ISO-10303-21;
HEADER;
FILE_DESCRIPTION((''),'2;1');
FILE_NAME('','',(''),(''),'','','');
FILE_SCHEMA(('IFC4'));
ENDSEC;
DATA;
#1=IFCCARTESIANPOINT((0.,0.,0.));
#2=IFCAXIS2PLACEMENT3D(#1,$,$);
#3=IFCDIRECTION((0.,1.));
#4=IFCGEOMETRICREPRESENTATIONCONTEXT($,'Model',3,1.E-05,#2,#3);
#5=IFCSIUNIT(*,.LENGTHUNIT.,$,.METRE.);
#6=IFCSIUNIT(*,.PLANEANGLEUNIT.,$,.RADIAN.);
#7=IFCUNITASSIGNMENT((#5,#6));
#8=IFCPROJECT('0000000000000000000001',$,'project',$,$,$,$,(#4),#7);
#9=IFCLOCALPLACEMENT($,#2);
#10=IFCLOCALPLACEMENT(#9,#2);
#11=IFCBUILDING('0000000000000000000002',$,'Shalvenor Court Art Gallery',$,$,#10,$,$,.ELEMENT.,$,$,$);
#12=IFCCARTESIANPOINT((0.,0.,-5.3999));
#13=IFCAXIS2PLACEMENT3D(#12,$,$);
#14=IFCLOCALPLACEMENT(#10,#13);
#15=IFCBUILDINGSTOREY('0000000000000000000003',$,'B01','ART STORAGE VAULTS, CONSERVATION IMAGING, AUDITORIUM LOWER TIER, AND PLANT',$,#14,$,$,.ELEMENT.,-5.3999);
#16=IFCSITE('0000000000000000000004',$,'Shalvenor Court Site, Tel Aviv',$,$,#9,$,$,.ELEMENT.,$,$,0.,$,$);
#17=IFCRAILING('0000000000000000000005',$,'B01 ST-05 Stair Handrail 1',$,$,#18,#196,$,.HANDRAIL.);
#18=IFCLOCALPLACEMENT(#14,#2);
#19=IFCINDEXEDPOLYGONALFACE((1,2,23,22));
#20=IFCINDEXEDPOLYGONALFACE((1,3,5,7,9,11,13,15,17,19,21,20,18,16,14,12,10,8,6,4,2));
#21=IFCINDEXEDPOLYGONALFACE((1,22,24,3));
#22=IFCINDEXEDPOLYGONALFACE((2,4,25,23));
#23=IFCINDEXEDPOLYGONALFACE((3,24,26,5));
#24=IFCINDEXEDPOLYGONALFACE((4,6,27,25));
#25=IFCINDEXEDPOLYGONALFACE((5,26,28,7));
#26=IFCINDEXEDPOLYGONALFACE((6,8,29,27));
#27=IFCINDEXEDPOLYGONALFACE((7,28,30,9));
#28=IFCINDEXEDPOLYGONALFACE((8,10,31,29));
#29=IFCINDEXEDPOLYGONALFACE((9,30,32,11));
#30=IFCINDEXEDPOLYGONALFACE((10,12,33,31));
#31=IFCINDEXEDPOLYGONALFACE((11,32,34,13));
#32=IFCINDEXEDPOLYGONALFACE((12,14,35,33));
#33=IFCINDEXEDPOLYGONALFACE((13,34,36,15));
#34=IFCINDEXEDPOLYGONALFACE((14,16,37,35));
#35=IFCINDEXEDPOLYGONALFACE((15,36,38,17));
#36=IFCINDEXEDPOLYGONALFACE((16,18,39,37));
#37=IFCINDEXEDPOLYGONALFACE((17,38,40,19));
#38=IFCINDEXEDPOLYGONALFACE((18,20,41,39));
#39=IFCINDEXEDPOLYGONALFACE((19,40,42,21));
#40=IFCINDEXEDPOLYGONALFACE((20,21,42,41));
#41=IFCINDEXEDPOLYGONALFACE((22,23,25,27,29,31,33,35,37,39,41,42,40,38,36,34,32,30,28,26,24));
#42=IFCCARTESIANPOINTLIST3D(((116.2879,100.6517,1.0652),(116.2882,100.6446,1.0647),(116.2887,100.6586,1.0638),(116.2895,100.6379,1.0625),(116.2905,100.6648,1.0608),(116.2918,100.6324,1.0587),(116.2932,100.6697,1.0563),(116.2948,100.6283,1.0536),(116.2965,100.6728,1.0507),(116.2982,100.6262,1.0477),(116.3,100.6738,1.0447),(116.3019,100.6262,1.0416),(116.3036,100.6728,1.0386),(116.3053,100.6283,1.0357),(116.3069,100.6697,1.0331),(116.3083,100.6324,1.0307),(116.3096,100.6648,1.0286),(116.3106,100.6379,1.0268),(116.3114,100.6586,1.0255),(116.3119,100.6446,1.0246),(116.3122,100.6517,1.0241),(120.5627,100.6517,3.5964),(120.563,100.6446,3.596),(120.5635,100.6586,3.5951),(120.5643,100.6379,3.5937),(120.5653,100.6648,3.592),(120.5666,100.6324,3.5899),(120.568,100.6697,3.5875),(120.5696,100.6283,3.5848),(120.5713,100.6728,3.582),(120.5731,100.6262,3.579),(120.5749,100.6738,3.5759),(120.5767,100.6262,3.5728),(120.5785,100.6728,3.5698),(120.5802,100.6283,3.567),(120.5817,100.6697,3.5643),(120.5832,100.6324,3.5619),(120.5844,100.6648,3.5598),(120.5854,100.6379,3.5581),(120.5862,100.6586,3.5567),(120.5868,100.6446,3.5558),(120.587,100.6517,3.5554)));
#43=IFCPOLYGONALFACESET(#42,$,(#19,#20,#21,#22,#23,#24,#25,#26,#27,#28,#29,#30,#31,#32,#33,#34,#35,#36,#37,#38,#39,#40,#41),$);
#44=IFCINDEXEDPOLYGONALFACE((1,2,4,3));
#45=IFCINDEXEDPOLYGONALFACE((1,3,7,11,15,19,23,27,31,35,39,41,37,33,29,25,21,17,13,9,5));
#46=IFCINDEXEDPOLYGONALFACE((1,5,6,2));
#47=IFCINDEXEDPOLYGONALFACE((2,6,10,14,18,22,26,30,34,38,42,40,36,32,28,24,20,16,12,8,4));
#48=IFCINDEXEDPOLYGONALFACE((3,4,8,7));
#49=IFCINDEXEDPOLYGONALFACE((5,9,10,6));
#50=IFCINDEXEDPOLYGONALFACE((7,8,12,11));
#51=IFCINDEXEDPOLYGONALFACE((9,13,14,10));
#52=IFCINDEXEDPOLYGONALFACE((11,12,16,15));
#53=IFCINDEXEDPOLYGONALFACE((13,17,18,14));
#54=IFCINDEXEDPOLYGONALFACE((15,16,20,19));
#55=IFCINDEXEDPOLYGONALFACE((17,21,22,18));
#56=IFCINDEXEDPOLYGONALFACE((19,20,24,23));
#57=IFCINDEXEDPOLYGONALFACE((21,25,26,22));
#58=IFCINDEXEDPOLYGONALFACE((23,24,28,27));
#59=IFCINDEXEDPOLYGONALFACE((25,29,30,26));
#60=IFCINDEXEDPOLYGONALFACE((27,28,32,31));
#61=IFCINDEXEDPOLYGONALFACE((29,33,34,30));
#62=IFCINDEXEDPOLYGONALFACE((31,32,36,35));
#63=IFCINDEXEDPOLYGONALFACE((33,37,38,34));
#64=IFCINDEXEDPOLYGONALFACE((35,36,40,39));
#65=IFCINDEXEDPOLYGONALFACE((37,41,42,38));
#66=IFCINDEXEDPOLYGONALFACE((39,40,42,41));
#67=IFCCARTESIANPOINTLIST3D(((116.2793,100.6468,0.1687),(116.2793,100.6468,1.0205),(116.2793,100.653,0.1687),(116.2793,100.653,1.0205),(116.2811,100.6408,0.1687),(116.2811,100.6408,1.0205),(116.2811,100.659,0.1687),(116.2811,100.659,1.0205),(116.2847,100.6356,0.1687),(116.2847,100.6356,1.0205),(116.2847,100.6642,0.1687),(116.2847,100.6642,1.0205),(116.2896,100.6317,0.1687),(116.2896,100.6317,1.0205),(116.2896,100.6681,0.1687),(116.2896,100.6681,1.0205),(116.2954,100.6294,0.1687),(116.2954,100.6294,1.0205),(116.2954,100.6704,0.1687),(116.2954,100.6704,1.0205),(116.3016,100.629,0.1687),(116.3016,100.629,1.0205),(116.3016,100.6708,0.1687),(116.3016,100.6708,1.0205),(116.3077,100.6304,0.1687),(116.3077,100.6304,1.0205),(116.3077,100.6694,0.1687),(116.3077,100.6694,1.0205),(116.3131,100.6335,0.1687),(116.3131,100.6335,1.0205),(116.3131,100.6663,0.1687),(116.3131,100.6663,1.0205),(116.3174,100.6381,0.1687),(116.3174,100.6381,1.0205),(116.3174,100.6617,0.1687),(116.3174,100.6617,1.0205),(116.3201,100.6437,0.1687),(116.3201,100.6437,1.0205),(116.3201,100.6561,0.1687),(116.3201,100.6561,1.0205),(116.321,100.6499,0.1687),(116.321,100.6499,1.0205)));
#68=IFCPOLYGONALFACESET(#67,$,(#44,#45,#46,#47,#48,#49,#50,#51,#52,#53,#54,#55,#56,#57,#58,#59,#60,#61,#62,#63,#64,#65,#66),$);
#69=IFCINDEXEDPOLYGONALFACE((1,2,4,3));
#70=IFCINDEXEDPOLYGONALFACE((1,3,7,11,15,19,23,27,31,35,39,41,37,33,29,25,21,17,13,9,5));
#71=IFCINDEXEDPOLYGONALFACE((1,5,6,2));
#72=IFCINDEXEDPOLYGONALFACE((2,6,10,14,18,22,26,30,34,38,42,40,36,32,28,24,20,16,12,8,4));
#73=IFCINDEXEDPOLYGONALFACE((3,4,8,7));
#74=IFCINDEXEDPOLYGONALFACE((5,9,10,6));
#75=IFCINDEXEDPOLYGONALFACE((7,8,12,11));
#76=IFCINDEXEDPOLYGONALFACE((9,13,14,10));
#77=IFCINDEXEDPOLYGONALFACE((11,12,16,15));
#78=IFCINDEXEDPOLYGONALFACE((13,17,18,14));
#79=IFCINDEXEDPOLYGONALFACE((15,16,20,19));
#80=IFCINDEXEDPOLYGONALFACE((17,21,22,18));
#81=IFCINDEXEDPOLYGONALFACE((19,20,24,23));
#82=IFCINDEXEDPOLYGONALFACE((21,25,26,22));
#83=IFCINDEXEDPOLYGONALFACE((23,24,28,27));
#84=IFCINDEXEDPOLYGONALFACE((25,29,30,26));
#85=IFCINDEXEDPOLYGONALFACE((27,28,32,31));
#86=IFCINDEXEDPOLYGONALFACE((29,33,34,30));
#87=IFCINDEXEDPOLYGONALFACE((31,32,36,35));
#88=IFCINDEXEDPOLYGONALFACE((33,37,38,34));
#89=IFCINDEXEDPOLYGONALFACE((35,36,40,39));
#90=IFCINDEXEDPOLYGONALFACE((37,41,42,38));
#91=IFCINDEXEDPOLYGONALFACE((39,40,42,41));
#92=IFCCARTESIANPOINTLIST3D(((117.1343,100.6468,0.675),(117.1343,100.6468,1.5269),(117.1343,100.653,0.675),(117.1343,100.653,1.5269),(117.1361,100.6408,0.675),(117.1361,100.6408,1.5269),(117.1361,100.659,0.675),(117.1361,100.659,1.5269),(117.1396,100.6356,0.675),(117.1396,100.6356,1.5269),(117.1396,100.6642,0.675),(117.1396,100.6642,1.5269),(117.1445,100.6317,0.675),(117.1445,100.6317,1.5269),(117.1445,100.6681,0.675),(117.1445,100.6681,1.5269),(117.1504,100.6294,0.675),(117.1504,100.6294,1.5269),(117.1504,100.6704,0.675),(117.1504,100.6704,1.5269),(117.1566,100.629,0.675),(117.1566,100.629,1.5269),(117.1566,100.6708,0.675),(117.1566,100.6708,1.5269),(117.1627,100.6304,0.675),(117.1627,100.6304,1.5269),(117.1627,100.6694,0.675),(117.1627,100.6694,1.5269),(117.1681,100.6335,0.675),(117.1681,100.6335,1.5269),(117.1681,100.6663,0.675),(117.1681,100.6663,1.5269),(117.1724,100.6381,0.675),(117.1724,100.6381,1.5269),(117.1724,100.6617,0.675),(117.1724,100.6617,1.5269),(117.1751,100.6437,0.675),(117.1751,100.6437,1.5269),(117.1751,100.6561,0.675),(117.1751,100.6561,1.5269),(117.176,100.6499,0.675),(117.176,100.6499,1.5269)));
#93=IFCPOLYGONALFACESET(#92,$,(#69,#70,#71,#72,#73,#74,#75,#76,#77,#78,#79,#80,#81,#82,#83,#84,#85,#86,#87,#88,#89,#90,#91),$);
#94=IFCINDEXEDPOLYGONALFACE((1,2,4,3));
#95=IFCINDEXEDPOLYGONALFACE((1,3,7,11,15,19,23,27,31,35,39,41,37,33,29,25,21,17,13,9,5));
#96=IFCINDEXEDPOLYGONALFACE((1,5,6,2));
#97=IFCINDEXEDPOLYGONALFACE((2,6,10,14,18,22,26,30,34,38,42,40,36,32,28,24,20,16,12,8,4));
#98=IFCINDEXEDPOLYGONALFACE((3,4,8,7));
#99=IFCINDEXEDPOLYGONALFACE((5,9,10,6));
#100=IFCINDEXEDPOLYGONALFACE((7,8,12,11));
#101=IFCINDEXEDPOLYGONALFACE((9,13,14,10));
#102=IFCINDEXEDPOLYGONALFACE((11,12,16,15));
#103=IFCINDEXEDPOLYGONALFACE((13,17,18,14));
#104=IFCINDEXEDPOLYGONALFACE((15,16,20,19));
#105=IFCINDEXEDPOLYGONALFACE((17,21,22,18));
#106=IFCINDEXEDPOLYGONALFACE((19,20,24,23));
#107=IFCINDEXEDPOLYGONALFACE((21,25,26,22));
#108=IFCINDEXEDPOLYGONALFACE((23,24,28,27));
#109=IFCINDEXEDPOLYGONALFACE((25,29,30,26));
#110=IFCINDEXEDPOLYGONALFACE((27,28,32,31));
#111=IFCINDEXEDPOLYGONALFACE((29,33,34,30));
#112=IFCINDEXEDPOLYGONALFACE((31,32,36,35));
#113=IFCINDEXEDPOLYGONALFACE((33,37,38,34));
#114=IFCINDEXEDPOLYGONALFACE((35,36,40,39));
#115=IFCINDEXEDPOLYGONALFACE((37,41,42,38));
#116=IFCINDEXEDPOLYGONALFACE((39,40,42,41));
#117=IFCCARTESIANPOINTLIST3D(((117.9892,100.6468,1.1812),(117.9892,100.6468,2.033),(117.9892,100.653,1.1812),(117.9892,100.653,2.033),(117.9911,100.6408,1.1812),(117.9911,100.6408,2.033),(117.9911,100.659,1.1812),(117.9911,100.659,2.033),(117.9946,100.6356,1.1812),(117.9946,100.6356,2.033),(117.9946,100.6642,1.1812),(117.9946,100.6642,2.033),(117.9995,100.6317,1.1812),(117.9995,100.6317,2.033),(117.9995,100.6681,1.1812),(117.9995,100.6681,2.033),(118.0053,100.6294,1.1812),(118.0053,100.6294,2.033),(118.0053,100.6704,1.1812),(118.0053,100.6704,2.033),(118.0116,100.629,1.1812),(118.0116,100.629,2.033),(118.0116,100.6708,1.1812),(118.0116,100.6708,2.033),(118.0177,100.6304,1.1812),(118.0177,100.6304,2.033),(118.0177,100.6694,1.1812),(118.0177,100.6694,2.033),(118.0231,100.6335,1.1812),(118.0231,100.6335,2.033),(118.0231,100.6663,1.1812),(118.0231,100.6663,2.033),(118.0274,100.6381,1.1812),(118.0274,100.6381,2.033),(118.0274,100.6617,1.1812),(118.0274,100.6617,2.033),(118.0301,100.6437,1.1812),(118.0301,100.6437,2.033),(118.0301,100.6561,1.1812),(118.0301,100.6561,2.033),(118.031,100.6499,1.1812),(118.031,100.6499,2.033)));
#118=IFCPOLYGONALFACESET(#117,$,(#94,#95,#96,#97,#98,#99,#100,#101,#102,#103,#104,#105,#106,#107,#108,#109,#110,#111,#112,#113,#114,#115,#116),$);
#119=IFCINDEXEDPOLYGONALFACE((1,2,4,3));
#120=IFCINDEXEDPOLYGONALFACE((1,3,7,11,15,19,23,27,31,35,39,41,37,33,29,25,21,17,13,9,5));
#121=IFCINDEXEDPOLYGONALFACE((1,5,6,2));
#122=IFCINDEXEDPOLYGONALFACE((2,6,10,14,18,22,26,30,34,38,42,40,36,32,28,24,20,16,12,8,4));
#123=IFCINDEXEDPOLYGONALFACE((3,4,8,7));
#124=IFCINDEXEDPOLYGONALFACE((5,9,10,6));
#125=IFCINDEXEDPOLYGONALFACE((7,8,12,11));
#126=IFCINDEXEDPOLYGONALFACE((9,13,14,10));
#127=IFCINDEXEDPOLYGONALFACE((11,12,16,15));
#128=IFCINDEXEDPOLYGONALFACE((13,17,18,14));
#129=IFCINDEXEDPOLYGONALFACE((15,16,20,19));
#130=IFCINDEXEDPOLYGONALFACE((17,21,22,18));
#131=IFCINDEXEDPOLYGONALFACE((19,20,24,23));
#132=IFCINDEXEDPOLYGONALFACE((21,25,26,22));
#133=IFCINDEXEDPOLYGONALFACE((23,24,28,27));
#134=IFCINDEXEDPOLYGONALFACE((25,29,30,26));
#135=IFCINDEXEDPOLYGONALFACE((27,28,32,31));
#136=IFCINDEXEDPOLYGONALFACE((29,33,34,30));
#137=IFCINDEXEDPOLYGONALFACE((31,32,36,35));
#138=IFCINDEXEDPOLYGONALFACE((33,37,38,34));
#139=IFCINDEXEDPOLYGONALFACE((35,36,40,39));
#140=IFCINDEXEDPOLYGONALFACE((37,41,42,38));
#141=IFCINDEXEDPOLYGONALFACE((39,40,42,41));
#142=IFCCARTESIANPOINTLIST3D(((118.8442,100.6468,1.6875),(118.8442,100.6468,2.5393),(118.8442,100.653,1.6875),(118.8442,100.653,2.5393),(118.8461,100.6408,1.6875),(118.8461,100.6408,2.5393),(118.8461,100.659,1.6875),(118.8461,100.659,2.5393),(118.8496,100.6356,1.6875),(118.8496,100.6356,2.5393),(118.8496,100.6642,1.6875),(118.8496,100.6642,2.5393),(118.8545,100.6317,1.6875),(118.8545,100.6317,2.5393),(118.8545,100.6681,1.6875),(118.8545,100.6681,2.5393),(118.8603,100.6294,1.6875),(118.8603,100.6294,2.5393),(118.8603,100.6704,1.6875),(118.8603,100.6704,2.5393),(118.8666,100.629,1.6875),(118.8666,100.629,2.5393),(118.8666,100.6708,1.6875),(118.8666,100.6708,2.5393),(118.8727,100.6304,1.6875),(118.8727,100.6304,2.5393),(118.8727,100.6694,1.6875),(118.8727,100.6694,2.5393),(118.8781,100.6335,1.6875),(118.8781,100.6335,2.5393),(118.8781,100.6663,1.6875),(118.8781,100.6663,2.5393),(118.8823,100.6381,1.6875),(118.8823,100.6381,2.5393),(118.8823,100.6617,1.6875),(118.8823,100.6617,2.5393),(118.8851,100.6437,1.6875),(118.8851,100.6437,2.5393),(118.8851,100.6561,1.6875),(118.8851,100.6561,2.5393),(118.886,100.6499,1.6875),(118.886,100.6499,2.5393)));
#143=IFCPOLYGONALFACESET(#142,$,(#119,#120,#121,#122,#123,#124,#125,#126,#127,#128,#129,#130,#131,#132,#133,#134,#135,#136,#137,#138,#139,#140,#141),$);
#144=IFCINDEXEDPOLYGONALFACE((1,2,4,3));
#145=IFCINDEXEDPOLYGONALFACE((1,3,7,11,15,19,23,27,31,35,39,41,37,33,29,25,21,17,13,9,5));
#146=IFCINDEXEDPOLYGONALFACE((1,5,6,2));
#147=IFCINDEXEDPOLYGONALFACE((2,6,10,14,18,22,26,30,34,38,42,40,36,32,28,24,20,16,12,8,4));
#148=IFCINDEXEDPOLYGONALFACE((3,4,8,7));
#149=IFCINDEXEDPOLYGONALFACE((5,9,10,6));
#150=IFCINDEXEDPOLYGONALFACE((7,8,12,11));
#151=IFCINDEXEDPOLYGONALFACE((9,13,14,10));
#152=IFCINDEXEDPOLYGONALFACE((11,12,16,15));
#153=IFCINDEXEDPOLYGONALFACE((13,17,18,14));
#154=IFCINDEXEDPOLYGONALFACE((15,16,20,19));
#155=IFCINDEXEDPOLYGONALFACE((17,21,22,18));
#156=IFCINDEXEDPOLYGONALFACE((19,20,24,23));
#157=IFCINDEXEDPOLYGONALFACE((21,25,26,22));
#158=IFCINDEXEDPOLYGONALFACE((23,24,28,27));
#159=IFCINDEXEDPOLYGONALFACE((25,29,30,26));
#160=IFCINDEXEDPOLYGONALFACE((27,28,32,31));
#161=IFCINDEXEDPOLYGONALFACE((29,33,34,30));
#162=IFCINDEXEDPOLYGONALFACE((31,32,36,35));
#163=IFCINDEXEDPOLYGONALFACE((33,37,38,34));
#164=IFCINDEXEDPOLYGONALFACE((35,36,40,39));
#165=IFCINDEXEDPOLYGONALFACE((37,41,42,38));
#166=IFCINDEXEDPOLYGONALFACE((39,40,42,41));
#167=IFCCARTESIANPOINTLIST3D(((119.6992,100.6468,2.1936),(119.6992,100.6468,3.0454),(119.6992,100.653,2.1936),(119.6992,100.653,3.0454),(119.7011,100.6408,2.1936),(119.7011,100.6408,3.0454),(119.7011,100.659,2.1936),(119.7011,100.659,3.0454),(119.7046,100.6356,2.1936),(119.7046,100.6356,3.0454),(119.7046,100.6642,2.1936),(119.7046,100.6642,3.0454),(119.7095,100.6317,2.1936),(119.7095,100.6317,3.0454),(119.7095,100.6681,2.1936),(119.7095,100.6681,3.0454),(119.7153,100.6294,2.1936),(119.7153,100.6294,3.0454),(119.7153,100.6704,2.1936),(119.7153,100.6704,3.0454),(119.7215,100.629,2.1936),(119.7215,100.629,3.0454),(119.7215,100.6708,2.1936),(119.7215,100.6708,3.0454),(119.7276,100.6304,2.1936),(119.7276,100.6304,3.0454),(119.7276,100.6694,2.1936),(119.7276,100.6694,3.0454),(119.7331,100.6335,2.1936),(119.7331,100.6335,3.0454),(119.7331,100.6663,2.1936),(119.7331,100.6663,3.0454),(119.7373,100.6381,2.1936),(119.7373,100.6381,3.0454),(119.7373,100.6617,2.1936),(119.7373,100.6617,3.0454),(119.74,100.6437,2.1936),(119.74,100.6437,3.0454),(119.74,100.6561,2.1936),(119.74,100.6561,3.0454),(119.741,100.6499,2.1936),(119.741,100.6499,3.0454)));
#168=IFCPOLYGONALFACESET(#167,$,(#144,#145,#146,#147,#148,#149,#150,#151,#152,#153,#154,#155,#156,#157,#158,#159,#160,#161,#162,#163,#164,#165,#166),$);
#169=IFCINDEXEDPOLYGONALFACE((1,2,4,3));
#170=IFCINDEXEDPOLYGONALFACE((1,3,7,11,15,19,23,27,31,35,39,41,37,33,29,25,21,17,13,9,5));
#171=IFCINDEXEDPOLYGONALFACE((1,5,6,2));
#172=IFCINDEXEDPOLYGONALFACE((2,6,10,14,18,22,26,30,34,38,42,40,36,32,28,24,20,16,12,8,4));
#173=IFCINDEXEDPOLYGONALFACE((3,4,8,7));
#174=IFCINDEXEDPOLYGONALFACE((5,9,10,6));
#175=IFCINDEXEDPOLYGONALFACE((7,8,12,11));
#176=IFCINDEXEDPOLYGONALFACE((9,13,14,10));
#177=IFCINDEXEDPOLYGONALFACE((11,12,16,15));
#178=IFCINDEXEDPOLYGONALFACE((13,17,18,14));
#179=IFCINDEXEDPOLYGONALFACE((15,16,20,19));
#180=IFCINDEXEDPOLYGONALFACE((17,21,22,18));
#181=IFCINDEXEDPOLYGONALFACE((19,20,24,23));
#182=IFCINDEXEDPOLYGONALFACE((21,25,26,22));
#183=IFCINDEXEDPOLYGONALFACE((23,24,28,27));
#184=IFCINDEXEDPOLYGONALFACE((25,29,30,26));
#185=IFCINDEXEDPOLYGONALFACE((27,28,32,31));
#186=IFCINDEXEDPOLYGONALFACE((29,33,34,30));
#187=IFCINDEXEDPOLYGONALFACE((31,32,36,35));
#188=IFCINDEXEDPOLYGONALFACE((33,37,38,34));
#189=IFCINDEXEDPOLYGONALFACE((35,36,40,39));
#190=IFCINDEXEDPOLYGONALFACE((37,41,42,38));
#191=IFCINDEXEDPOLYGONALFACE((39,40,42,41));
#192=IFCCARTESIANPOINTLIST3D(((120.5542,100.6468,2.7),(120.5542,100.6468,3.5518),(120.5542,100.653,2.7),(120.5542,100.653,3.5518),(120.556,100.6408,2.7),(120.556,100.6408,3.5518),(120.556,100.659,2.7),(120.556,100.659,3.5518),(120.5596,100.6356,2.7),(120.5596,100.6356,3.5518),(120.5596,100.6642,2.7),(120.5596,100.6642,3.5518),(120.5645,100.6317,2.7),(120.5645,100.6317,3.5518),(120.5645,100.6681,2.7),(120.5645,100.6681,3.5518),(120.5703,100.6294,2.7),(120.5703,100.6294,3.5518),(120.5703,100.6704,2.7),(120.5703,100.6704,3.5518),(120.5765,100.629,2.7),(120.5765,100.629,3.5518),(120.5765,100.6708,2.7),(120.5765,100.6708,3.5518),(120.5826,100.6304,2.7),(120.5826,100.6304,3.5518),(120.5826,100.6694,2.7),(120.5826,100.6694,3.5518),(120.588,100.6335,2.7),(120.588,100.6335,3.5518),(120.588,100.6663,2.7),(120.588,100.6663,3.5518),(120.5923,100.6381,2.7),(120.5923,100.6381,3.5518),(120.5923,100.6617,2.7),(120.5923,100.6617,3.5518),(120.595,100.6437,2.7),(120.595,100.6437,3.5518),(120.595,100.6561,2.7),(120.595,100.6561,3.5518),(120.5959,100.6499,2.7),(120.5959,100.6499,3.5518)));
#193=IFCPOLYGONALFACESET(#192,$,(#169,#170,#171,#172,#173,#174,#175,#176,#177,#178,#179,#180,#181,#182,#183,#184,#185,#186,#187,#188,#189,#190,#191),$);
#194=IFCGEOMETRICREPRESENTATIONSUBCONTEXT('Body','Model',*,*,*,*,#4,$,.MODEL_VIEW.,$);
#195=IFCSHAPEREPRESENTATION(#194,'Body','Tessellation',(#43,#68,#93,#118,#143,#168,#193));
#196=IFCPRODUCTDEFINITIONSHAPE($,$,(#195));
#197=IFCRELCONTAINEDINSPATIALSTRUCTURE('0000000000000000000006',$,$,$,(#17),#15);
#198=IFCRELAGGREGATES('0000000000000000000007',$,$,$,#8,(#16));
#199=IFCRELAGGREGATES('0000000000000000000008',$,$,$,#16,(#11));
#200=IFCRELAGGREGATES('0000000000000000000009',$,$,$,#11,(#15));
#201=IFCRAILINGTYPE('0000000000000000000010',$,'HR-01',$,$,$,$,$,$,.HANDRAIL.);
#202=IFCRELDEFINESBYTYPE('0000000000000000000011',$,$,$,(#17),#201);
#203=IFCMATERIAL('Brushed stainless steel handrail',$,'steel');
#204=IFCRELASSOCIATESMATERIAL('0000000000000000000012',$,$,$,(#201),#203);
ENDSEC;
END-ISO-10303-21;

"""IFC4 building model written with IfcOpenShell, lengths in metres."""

from ifc_helpers import new_model, si_unit, direction, frame, origin, origin_2d, place, context, subcontext, project, spatial, circle, extrude, material, type_object, element, save


model = new_model("IFC4")

# Units and contexts
model_context = context("Model", 3, precision=1e-05, world=origin(), true_north=direction((0.0, 1.0)))
body_context = subcontext(model_context, "Body", "Model", "MODEL_VIEW")
ifc_project = project(units=[si_unit("LENGTHUNIT", "METRE"), si_unit("PLANEANGLEUNIT", "RADIAN")], contexts=[model_context])

# Site, building, storey
site_placement = place(None, origin())
site = spatial("IfcSite", under=ifc_project, at=site_placement, Name="Shalvenor Court Site, Tel Aviv", CompositionType="ELEMENT", RefElevation=0.0)
building_placement = place(site_placement, origin())
building = spatial("IfcBuilding", under=site, at=building_placement, Name="Shalvenor Court Art Gallery", CompositionType="ELEMENT")
storey_placement = place(building_placement, frame((0.0, 0.0, -5.3999)))
storey = spatial("IfcBuildingStorey", under=building, at=storey_placement, Name="B01", Description="ART STORAGE VAULTS, CONSERVATION IMAGING, AUDITORIUM LOWER TIER, AND PLANT", CompositionType="ELEMENT", Elevation=-5.3999)

# Railing
ifc_material_1 = material(Name="Brushed stainless steel handrail", Category="steel")
railing_type = type_object("IfcRailingType", Name="HR-01", PredefinedType="HANDRAIL", material=ifc_material_1)
railing_placement = place(storey_placement, frame((116.3, 100.6499, 0.1687)))
element("IfcRailing", 1, at=railing_placement, inside=storey, type_object=railing_type, Name="B01 ST-05 Stair Handrail 1", PredefinedType="HANDRAIL", context=body_context, shape_type="SweptSolid", body=[
    extrude(circle(Radius=0.0239, at=origin_2d()), frame((0.0, 0.0, 0.876), z_axis=(0.86047, 0.0, 0.509501), x_axis=(0.0, 1.0, 0.0)), (0.0, 0.0, 1.0), 4.968),
    extrude(circle(Radius=0.021, at=origin_2d()), origin(), (0.0, 0.0, 1.0), 0.8518),
    extrude(circle(Radius=0.021, at=origin_2d()), frame((0.855, 0.0, 0.5063)), (0.0, 0.0, 1.0), 0.8518),
    extrude(circle(Radius=0.021, at=origin_2d()), frame((1.71, 0.0, 1.0125)), (0.0, 0.0, 1.0), 0.8518),
    extrude(circle(Radius=0.021, at=origin_2d()), frame((2.5649, 0.0, 1.5188)), (0.0, 0.0, 1.0), 0.8518),
    extrude(circle(Radius=0.021, at=origin_2d()), frame((3.4199, 0.0, 2.0249)), (0.0, 0.0, 1.0), 0.8518),
    extrude(circle(Radius=0.021, at=origin_2d()), frame((4.2749, 0.0, 2.5312)), (0.0, 0.0, 1.0), 0.8518),
])

save(model, "model.ifc")
